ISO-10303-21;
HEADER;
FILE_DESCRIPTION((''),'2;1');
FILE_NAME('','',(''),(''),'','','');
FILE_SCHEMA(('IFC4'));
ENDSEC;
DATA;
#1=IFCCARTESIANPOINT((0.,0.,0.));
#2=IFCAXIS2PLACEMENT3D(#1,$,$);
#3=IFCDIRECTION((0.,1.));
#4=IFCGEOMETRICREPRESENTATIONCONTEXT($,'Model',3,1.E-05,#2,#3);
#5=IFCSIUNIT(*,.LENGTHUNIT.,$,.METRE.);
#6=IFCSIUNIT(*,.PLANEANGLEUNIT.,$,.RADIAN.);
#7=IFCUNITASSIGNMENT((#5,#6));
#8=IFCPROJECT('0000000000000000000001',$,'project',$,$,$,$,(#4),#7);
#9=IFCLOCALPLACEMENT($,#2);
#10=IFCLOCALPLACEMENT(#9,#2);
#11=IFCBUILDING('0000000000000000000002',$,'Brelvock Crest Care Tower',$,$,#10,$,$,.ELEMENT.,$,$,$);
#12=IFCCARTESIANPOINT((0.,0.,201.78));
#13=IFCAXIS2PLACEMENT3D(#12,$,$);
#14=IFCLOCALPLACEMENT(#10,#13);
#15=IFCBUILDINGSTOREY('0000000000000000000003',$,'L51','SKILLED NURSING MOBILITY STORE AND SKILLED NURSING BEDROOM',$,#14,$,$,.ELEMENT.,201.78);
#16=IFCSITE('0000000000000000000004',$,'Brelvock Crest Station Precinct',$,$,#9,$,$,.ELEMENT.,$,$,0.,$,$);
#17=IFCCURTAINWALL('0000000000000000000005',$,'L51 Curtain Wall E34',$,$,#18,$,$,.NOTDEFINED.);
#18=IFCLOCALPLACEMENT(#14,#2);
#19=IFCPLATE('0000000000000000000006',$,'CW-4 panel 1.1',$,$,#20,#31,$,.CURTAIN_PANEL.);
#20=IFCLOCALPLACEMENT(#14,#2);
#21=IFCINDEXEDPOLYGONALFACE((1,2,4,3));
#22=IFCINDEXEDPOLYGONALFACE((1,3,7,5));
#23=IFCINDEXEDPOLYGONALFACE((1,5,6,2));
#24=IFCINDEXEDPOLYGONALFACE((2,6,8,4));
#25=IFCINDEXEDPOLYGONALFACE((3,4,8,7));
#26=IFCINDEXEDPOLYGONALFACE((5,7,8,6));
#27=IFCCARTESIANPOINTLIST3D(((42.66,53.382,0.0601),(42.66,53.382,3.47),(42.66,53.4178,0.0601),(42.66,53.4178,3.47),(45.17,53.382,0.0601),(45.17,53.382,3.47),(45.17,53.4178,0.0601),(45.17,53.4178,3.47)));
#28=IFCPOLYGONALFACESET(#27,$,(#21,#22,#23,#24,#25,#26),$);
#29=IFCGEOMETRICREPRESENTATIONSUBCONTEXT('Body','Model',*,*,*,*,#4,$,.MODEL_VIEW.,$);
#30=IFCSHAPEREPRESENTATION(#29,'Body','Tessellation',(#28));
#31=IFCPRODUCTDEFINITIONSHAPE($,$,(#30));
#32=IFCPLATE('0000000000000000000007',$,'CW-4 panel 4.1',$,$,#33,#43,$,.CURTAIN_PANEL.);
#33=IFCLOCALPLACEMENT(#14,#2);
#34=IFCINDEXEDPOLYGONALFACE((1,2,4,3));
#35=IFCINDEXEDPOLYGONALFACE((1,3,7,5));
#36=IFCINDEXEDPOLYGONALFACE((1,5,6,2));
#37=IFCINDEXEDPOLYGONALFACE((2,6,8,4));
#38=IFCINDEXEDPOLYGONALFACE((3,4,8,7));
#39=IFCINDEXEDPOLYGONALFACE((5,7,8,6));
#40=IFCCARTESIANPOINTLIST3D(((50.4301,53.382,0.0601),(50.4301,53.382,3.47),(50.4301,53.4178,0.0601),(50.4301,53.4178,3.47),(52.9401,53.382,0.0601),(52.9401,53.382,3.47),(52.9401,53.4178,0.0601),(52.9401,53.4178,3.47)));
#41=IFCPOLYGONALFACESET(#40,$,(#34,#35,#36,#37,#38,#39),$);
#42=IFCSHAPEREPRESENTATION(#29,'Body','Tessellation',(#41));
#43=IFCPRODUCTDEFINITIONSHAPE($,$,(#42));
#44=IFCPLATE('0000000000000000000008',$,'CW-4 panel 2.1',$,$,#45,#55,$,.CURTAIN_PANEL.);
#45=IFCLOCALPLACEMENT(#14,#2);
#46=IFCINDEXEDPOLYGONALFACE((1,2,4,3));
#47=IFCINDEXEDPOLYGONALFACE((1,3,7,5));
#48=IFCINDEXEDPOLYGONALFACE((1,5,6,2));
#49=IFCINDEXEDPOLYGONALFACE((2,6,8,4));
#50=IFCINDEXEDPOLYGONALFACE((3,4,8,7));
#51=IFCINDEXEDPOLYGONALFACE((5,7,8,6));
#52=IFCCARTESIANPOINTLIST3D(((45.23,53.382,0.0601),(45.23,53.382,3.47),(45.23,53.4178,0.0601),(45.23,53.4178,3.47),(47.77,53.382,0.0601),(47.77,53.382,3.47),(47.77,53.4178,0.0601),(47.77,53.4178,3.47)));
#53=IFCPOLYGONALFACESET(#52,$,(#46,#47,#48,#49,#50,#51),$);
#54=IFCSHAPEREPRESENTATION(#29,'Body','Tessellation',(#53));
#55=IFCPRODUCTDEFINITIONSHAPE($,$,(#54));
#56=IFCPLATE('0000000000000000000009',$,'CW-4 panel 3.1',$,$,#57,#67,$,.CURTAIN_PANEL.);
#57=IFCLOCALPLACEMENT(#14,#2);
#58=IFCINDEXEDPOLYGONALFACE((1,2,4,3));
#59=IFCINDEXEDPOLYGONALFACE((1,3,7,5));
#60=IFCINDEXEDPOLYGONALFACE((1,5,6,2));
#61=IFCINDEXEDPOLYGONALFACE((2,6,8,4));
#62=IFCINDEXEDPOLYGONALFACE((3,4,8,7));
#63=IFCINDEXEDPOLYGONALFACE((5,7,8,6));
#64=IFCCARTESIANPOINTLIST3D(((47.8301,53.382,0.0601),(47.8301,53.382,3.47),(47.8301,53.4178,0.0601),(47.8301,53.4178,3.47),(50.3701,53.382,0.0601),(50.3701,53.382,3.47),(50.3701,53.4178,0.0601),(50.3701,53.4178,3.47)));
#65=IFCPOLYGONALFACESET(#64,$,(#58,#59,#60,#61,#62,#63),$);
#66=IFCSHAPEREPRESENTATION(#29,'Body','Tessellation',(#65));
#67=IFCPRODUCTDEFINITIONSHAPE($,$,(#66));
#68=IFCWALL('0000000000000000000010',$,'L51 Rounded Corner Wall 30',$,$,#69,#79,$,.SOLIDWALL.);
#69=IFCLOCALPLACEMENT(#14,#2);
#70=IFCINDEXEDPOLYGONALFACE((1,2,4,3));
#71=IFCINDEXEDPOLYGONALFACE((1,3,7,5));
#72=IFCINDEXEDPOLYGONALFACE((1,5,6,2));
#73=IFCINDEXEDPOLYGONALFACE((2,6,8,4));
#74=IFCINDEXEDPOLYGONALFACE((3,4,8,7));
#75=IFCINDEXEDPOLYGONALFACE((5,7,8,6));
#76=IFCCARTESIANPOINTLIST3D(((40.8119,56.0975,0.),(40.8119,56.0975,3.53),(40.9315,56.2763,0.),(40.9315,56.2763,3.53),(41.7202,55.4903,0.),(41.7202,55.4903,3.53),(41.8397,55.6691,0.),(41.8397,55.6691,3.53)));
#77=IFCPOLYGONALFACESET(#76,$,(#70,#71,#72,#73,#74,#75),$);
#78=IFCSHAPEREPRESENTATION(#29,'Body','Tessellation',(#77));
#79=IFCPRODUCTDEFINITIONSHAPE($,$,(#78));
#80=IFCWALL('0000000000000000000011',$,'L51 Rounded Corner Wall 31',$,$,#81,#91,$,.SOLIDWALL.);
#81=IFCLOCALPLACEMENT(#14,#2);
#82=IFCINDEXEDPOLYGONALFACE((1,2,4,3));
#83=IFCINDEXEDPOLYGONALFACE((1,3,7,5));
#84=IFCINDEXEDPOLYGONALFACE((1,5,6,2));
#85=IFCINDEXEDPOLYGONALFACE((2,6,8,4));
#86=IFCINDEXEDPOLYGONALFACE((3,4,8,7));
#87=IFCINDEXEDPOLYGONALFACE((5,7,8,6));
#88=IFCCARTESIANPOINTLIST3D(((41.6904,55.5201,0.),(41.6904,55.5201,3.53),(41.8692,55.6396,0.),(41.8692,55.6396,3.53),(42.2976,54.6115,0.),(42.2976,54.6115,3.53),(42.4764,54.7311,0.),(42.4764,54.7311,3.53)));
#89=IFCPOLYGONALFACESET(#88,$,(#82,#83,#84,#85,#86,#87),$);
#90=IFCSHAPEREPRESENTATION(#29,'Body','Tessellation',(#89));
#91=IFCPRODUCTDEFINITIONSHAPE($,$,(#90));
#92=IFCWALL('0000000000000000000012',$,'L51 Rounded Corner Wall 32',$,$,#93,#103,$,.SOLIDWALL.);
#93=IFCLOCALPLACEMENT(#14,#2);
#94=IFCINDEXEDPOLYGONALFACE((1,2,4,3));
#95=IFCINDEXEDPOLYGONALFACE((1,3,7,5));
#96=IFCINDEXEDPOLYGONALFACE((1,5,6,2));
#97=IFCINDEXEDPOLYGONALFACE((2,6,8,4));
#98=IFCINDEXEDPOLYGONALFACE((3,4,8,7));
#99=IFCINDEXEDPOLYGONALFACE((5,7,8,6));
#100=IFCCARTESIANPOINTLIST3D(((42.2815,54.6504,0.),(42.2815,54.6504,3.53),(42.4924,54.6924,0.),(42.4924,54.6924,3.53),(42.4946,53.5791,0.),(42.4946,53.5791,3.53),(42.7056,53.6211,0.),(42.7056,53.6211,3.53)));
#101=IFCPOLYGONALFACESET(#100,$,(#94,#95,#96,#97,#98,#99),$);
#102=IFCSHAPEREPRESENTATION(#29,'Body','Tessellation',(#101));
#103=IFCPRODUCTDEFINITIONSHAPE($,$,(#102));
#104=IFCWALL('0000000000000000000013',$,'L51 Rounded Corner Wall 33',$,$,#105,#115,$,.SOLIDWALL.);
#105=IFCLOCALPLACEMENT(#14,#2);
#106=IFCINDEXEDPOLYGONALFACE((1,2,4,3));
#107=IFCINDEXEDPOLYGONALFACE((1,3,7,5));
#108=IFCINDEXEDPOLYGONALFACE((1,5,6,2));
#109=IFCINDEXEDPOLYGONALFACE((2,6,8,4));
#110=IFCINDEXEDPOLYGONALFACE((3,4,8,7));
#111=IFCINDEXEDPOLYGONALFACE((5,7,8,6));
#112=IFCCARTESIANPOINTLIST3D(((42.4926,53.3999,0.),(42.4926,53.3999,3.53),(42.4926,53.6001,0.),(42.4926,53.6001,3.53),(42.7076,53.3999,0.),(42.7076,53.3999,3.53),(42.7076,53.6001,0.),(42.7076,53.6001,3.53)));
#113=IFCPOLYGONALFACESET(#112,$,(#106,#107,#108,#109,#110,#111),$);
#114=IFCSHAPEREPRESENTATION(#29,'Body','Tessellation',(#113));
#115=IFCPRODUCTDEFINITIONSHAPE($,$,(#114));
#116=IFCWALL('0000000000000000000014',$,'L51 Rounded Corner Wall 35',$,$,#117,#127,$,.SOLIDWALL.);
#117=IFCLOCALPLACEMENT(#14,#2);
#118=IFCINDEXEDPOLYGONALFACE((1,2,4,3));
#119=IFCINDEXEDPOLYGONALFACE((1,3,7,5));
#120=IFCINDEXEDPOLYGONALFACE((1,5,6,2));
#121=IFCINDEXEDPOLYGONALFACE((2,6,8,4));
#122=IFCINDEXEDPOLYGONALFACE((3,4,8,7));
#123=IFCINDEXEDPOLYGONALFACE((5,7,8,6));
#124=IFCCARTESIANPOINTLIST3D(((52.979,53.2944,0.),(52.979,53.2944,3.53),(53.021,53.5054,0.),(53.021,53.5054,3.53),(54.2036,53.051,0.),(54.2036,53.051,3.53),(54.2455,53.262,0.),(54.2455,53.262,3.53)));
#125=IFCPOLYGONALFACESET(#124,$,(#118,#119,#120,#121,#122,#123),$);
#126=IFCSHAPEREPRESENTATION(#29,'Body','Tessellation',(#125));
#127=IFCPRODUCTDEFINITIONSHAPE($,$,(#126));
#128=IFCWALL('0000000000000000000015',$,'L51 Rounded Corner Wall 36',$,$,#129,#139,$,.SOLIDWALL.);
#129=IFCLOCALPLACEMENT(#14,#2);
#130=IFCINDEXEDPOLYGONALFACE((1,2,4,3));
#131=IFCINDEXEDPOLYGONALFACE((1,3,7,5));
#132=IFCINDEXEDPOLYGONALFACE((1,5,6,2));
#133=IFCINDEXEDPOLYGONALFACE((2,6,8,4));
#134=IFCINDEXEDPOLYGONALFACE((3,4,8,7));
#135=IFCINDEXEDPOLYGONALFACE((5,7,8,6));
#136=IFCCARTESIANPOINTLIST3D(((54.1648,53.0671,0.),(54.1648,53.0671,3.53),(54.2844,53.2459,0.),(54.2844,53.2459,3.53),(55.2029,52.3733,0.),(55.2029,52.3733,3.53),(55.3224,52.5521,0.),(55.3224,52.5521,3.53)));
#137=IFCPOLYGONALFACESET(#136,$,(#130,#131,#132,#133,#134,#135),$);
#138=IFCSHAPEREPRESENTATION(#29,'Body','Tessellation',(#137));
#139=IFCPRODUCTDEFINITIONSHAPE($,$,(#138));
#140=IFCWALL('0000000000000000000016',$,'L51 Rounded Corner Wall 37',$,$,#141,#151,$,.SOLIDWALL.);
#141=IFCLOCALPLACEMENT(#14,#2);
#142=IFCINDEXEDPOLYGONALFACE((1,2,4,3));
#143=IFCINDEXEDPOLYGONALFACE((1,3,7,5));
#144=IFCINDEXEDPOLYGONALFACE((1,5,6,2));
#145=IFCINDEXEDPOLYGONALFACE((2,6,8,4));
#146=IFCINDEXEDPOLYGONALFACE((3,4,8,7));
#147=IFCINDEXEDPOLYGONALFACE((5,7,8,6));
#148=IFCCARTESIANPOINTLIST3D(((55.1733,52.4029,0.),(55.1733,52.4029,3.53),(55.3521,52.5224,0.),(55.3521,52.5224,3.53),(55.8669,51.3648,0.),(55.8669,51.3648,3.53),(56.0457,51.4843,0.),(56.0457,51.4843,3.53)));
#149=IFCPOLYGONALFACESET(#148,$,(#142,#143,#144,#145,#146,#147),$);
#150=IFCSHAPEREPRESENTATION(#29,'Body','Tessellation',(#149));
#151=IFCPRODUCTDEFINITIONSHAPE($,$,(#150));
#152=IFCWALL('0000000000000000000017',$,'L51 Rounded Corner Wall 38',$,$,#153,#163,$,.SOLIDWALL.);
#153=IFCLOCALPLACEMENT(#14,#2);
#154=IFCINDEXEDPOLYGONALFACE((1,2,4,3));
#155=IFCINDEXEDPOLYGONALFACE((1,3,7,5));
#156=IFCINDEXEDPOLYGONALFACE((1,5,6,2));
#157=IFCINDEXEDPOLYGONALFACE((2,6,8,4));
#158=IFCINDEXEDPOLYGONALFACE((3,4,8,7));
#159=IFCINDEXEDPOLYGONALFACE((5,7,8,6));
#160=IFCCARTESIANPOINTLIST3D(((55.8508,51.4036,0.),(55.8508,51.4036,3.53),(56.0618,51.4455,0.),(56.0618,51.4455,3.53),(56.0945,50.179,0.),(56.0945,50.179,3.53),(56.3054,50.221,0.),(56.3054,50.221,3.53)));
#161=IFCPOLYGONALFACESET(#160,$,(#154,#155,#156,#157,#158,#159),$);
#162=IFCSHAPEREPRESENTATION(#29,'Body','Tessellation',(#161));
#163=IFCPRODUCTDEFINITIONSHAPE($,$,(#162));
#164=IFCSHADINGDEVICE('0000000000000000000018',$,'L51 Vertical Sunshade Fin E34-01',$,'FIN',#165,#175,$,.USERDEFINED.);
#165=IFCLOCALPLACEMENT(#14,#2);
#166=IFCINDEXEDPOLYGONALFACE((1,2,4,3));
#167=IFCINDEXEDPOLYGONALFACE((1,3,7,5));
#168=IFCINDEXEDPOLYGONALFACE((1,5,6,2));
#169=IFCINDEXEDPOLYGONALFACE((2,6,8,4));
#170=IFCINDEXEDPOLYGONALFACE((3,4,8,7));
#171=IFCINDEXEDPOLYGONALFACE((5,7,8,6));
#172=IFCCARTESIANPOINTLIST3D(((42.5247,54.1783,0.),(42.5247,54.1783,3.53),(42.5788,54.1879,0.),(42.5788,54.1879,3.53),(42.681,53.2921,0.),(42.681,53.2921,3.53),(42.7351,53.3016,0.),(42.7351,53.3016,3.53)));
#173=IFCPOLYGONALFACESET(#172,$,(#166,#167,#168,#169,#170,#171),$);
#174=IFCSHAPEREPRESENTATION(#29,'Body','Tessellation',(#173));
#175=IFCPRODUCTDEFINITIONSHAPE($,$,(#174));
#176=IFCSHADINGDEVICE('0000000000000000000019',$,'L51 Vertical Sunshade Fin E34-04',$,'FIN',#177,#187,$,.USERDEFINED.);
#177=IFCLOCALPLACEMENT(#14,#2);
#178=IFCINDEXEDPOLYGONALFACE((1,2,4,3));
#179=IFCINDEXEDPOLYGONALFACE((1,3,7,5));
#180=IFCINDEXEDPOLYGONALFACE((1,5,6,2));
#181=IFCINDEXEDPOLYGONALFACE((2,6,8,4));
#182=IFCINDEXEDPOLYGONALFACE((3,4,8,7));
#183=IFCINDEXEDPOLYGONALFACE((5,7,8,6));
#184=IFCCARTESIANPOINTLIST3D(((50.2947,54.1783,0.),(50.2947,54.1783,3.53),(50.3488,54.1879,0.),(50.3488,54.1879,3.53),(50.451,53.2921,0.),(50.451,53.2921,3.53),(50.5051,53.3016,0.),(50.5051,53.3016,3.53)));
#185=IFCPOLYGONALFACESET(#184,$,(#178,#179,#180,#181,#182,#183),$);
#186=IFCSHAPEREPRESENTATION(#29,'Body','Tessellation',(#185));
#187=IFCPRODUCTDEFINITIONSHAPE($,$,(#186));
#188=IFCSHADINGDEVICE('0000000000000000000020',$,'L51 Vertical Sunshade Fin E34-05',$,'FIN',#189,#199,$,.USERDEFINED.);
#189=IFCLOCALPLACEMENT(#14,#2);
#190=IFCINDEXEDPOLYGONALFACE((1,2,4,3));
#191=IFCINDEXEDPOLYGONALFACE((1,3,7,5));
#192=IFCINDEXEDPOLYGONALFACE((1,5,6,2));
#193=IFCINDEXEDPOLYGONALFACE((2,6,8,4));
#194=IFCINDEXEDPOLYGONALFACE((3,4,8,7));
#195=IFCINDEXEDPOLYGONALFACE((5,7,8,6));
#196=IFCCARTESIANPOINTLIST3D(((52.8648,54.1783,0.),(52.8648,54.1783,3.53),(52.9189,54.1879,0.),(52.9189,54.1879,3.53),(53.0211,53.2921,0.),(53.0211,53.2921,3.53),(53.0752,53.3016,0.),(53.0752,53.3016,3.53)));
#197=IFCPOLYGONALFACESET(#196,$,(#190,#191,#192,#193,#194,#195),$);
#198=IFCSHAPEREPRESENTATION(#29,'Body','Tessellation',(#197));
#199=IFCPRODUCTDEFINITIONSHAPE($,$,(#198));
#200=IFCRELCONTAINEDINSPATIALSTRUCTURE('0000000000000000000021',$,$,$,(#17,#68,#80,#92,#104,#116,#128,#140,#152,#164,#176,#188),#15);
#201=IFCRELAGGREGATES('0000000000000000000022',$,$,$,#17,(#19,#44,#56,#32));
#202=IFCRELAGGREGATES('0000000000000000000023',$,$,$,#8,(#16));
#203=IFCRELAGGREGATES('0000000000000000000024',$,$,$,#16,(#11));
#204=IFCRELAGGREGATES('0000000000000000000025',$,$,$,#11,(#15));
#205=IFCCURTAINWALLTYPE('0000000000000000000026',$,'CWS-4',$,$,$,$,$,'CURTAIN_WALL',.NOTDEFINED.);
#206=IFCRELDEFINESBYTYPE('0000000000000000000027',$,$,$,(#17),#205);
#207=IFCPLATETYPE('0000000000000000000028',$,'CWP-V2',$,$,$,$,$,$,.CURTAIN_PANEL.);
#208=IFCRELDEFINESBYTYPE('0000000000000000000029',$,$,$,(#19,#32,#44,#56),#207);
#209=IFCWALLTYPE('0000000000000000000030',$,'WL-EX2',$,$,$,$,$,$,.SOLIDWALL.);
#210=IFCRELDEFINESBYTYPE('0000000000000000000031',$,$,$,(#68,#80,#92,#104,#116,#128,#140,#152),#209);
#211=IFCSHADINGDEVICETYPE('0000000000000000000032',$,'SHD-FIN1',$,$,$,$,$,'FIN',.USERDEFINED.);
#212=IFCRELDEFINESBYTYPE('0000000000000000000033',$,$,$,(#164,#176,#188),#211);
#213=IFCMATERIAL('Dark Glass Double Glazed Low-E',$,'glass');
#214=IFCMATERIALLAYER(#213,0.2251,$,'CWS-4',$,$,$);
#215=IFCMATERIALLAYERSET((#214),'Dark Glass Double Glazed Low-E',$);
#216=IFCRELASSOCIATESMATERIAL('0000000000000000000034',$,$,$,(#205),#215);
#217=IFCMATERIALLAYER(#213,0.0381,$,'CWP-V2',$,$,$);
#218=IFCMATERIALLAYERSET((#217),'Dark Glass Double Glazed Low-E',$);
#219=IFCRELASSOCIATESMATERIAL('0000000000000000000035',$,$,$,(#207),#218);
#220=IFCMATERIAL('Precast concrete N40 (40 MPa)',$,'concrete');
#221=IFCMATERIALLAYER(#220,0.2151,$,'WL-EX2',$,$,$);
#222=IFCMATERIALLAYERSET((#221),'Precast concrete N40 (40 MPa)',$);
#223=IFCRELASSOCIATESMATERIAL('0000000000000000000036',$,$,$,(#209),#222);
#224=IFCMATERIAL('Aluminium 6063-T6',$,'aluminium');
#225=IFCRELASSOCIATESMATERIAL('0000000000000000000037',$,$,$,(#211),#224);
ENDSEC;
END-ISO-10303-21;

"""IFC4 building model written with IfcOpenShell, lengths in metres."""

from ifc_helpers import new_model, si_unit, direction, frame, frame_2d, origin, origin_2d, place, context, subcontext, project, spatial, rectangle, extrude, source, transform, mapped, material, layer, layer_set, material_profile, profile_set, type_object, element, aggregate, save


model = new_model("IFC4")

# Units and contexts
model_context = context("Model", 3, precision=1e-05, world=origin(), true_north=direction((0.0, 1.0)))
body_context = subcontext(model_context, "Body", "Model", "MODEL_VIEW")
ifc_project = project(units=[si_unit("LENGTHUNIT", "METRE"), si_unit("PLANEANGLEUNIT", "RADIAN")], contexts=[model_context])

# Site, building, storey
site_placement = place(None, origin())
site = spatial("IfcSite", under=ifc_project, at=site_placement, Name="Brelvock Crest Station Precinct", CompositionType="ELEMENT", RefElevation=0.0)
building_placement = place(site_placement, origin())
building = spatial("IfcBuilding", under=site, at=building_placement, Name="Brelvock Crest Care Tower", CompositionType="ELEMENT")
storey_placement = place(building_placement, frame((0.0, 0.0, 201.78)))
storey = spatial("IfcBuildingStorey", under=building, at=storey_placement, Name="L51", Description="SKILLED NURSING MOBILITY STORE AND SKILLED NURSING BEDROOM", CompositionType="ELEMENT", Elevation=201.78)

# Curtain wall
ifc_material_1 = material(Name="Dark Glass Double Glazed Low-E", Category="glass")
ifc_layer_1 = layer(ifc_material_1, 0.2251, Name="CWS-4")
ifc_layer_set_1 = layer_set([ifc_layer_1], Name="Dark Glass Double Glazed Low-E")
curtain_wall_type = type_object("IfcCurtainWallType", Name="CWS-4", ElementType="CURTAIN_WALL", PredefinedType="NOTDEFINED", material=ifc_layer_set_1)
curtain_wall_1_placement = place(storey_placement, origin())
curtain_wall_1 = element("IfcCurtainWall", 1, at=curtain_wall_1_placement, inside=storey, type_object=curtain_wall_type, Name="L51 Curtain Wall E34", PredefinedType="NOTDEFINED")
ifc_material_2 = material(Name="Aluminium 6063-T6", Category="aluminium")

# Plates
ifc_layer_2 = layer(ifc_material_1, 0.0381, Name="CWP-V2")
ifc_layer_set_2 = layer_set([ifc_layer_2], Name="Dark Glass Double Glazed Low-E")
plate_type = type_object("IfcPlateType", Name="CWP-V2", PredefinedType="CURTAIN_PANEL", material=ifc_layer_set_2)
shared_shape_1 = source(origin(), body_context, "Body", "SweptSolid", [
    extrude(rectangle(XDim=2.51, YDim=0.0359, at=origin_2d()), origin(), (0.0, 0.0, 1.0), 3.4099),
])
plate_1_placement = place(storey_placement, frame((43.915, 53.3999, 0.0601), z_axis=(0.0, 0.0, 1.0), x_axis=(1.0, 0.0, 0.0)))
plate_1 = element("IfcPlate", 2, at=plate_1_placement, type_object=plate_type, Name="CW-4 panel 1.1", PredefinedType="CURTAIN_PANEL", context=body_context, shape_type="MappedRepresentation", body=[
    mapped(shared_shape_1, transform((0.0, 0.0, 0.0), x_axis=(1.0, 0.0, 0.0), y_axis=(0.0, 1.0, 0.0), z_axis=(0.0, 0.0, 1.0), scale=1.0)),
])
plate_2_placement = place(storey_placement, frame((51.6851, 53.3999, 0.0601), z_axis=(0.0, 0.0, 1.0), x_axis=(1.0, 0.0, 0.0)))
plate_2 = element("IfcPlate", 3, at=plate_2_placement, type_object=plate_type, Name="CW-4 panel 4.1", PredefinedType="CURTAIN_PANEL", context=body_context, shape_type="MappedRepresentation", body=[
    mapped(shared_shape_1, transform((0.0, 0.0, 0.0), x_axis=(1.0, 0.0, 0.0), y_axis=(0.0, 1.0, 0.0), z_axis=(0.0, 0.0, 1.0), scale=1.0)),
])
shared_shape_2 = source(origin(), body_context, "Body", "SweptSolid", [
    extrude(rectangle(XDim=2.54, YDim=0.0359, at=origin_2d()), origin(), (0.0, 0.0, 1.0), 3.4099),
])
plate_3_placement = place(storey_placement, frame((46.5, 53.3999, 0.0601), z_axis=(0.0, 0.0, 1.0), x_axis=(1.0, 0.0, 0.0)))
plate_3 = element("IfcPlate", 4, at=plate_3_placement, type_object=plate_type, Name="CW-4 panel 2.1", PredefinedType="CURTAIN_PANEL", context=body_context, shape_type="MappedRepresentation", body=[
    mapped(shared_shape_2, transform((0.0, 0.0, 0.0), x_axis=(1.0, 0.0, 0.0), y_axis=(0.0, 1.0, 0.0), z_axis=(0.0, 0.0, 1.0), scale=1.0)),
])
plate_4_placement = place(storey_placement, frame((49.1001, 53.3999, 0.0601), z_axis=(0.0, 0.0, 1.0), x_axis=(1.0, 0.0, 0.0)))
plate_4 = element("IfcPlate", 5, at=plate_4_placement, type_object=plate_type, Name="CW-4 panel 3.1", PredefinedType="CURTAIN_PANEL", context=body_context, shape_type="MappedRepresentation", body=[
    mapped(shared_shape_2, transform((0.0, 0.0, 0.0), x_axis=(1.0, 0.0, 0.0), y_axis=(0.0, 1.0, 0.0), z_axis=(0.0, 0.0, 1.0), scale=1.0)),
])
aggregate(curtain_wall_1, [plate_1, plate_3, plate_4, plate_2])

# Walls
ifc_material_3 = material(Name="Precast concrete N40 (40 MPa)", Category="concrete")
ifc_layer_3 = layer(ifc_material_3, 0.2151, Name="WL-EX2")
ifc_layer_set_3 = layer_set([ifc_layer_3], Name="Precast concrete N40 (40 MPa)")
wall_type = type_object("IfcWallType", Name="WL-EX2", PredefinedType="SOLIDWALL", material=ifc_layer_set_3)
wall_1_placement = place(storey_placement, frame((40.8716, 56.187, 0.0), z_axis=(0.0, 0.0, 1.0), x_axis=(0.831328, -0.555783, 0.0)))
element("IfcWall", 6, at=wall_1_placement, inside=storey, type_object=wall_type, Name="L51 Rounded Corner Wall 30", PredefinedType="SOLIDWALL", context=body_context, shape_type="SweptSolid", body=[
    extrude(rectangle(XDim=1.0925, YDim=0.2151, at=frame_2d((0.5464, 0.0))), origin(), (0.0, 0.0, 1.0), 3.53),
])
wall_2_placement = place(storey_placement, frame((41.7798, 55.5798, 0.0), z_axis=(0.0, 0.0, 1.0), x_axis=(0.555679, -0.831397, 0.0)))
element("IfcWall", 7, at=wall_2_placement, inside=storey, type_object=wall_type, Name="L51 Rounded Corner Wall 31", PredefinedType="SOLIDWALL", context=body_context, shape_type="SweptSolid", body=[
    extrude(rectangle(XDim=1.0928, YDim=0.2151, at=frame_2d((0.5464, 0.0))), origin(), (0.0, 0.0, 1.0), 3.53),
])
wall_3_placement = place(storey_placement, frame((42.387, 54.6714, 0.0), z_axis=(0.0, 0.0, 1.0), x_axis=(0.195127, -0.980778, 0.0)))
element("IfcWall", 8, at=wall_3_placement, inside=storey, type_object=wall_type, Name="L51 Rounded Corner Wall 32", PredefinedType="SOLIDWALL", context=body_context, shape_type="SweptSolid", body=[
    extrude(rectangle(XDim=1.0923, YDim=0.2151, at=frame_2d((0.5461, 0.0))), origin(), (0.0, 0.0, 1.0), 3.53),
])
wall_4_placement = place(storey_placement, frame((42.6001, 53.6001, 0.0), z_axis=(0.0, 0.0, 1.0), x_axis=(0.0, -1.0, 0.0)))
element("IfcWall", 9, at=wall_4_placement, inside=storey, type_object=wall_type, Name="L51 Rounded Corner Wall 33", PredefinedType="SOLIDWALL", context=body_context, shape_type="SweptSolid", body=[
    extrude(rectangle(XDim=0.2002, YDim=0.2151, at=frame_2d((0.1001, 0.0))), origin(), (0.0, 0.0, 1.0), 3.53),
])
for number, where, z_axis, x_axis, name in (
    (10, (53.0, 53.3999, 0.0), (0.0, 0.0, 1.0), (0.980813, -0.19495, 0.0), "L51 Rounded Corner Wall 35"),
    (11, (54.2246, 53.1565, 0.0), (0.0, 0.0, 1.0), (0.831388, -0.555692, 0.0), "L51 Rounded Corner Wall 36"),
    (12, (55.2627, 52.4626, 0.0), (0.0, 0.0, 1.0), (0.555557, -0.831478, 0.0), "L51 Rounded Corner Wall 37"),
    (13, (55.9563, 51.4246, 0.0), (0.0, 0.0, 1.0), (0.195138, -0.980776, 0.0), "L51 Rounded Corner Wall 38"),
):
    element("IfcWall", number, at=place(storey_placement, frame(where, z_axis=z_axis, x_axis=x_axis)), inside=storey, type_object=wall_type, Name=name, PredefinedType="SOLIDWALL", context=body_context, shape_type="SweptSolid", body=[
        extrude(rectangle(XDim=1.2485, YDim=0.2151, at=frame_2d((0.6243, 0.0))), origin(), (0.0, 0.0, 1.0), 3.53),
    ])

# Shading devices
ifc_material_profile_1 = material_profile(ifc_material_2, rectangle(XDim=0.0549, YDim=0.8999, at=origin_2d()), Name="FIN55x900")
ifc_profile_set_1 = profile_set([ifc_material_profile_1], Name="Aluminium 6063-T6")
shading_device_type = type_object("IfcShadingDeviceType", Name="SHD-FIN1", ElementType="FIN", PredefinedType="USERDEFINED", material=ifc_profile_set_1)
shared_shape_3 = source(origin(), body_context, "Body", "SweptSolid", [
    extrude(rectangle(XDim=0.0549, YDim=0.8999, at=origin_2d()), origin(), (0.0, 0.0, 1.0), 3.53),
])
for number, where, z_axis, x_axis, name in (
    (14, (42.6299, 53.74, 0.0), (0.0, 0.0, 1.0), (0.984808, 0.173648, 0.0), "L51 Vertical Sunshade Fin E34-01"),
    (15, (50.3999, 53.74, 0.0), (0.0, 0.0, 1.0), (0.984808, 0.173648, 0.0), "L51 Vertical Sunshade Fin E34-04"),
    (16, (52.97, 53.74, 0.0), (0.0, 0.0, 1.0), (0.984808, 0.173648, 0.0), "L51 Vertical Sunshade Fin E34-05"),
):
    element("IfcShadingDevice", number, at=place(storey_placement, frame(where, z_axis=z_axis, x_axis=x_axis)), inside=storey, type_object=shading_device_type, Name=name, ObjectType="FIN", PredefinedType="USERDEFINED", context=body_context, shape_type="MappedRepresentation", body=[
        mapped(shared_shape_3, transform((0.0, 0.0, 0.0), x_axis=(1.0, 0.0, 0.0), y_axis=(0.0, 1.0, 0.0), z_axis=(0.0, 0.0, 1.0), scale=1.0)),
    ])

save(model, "model.ifc")
